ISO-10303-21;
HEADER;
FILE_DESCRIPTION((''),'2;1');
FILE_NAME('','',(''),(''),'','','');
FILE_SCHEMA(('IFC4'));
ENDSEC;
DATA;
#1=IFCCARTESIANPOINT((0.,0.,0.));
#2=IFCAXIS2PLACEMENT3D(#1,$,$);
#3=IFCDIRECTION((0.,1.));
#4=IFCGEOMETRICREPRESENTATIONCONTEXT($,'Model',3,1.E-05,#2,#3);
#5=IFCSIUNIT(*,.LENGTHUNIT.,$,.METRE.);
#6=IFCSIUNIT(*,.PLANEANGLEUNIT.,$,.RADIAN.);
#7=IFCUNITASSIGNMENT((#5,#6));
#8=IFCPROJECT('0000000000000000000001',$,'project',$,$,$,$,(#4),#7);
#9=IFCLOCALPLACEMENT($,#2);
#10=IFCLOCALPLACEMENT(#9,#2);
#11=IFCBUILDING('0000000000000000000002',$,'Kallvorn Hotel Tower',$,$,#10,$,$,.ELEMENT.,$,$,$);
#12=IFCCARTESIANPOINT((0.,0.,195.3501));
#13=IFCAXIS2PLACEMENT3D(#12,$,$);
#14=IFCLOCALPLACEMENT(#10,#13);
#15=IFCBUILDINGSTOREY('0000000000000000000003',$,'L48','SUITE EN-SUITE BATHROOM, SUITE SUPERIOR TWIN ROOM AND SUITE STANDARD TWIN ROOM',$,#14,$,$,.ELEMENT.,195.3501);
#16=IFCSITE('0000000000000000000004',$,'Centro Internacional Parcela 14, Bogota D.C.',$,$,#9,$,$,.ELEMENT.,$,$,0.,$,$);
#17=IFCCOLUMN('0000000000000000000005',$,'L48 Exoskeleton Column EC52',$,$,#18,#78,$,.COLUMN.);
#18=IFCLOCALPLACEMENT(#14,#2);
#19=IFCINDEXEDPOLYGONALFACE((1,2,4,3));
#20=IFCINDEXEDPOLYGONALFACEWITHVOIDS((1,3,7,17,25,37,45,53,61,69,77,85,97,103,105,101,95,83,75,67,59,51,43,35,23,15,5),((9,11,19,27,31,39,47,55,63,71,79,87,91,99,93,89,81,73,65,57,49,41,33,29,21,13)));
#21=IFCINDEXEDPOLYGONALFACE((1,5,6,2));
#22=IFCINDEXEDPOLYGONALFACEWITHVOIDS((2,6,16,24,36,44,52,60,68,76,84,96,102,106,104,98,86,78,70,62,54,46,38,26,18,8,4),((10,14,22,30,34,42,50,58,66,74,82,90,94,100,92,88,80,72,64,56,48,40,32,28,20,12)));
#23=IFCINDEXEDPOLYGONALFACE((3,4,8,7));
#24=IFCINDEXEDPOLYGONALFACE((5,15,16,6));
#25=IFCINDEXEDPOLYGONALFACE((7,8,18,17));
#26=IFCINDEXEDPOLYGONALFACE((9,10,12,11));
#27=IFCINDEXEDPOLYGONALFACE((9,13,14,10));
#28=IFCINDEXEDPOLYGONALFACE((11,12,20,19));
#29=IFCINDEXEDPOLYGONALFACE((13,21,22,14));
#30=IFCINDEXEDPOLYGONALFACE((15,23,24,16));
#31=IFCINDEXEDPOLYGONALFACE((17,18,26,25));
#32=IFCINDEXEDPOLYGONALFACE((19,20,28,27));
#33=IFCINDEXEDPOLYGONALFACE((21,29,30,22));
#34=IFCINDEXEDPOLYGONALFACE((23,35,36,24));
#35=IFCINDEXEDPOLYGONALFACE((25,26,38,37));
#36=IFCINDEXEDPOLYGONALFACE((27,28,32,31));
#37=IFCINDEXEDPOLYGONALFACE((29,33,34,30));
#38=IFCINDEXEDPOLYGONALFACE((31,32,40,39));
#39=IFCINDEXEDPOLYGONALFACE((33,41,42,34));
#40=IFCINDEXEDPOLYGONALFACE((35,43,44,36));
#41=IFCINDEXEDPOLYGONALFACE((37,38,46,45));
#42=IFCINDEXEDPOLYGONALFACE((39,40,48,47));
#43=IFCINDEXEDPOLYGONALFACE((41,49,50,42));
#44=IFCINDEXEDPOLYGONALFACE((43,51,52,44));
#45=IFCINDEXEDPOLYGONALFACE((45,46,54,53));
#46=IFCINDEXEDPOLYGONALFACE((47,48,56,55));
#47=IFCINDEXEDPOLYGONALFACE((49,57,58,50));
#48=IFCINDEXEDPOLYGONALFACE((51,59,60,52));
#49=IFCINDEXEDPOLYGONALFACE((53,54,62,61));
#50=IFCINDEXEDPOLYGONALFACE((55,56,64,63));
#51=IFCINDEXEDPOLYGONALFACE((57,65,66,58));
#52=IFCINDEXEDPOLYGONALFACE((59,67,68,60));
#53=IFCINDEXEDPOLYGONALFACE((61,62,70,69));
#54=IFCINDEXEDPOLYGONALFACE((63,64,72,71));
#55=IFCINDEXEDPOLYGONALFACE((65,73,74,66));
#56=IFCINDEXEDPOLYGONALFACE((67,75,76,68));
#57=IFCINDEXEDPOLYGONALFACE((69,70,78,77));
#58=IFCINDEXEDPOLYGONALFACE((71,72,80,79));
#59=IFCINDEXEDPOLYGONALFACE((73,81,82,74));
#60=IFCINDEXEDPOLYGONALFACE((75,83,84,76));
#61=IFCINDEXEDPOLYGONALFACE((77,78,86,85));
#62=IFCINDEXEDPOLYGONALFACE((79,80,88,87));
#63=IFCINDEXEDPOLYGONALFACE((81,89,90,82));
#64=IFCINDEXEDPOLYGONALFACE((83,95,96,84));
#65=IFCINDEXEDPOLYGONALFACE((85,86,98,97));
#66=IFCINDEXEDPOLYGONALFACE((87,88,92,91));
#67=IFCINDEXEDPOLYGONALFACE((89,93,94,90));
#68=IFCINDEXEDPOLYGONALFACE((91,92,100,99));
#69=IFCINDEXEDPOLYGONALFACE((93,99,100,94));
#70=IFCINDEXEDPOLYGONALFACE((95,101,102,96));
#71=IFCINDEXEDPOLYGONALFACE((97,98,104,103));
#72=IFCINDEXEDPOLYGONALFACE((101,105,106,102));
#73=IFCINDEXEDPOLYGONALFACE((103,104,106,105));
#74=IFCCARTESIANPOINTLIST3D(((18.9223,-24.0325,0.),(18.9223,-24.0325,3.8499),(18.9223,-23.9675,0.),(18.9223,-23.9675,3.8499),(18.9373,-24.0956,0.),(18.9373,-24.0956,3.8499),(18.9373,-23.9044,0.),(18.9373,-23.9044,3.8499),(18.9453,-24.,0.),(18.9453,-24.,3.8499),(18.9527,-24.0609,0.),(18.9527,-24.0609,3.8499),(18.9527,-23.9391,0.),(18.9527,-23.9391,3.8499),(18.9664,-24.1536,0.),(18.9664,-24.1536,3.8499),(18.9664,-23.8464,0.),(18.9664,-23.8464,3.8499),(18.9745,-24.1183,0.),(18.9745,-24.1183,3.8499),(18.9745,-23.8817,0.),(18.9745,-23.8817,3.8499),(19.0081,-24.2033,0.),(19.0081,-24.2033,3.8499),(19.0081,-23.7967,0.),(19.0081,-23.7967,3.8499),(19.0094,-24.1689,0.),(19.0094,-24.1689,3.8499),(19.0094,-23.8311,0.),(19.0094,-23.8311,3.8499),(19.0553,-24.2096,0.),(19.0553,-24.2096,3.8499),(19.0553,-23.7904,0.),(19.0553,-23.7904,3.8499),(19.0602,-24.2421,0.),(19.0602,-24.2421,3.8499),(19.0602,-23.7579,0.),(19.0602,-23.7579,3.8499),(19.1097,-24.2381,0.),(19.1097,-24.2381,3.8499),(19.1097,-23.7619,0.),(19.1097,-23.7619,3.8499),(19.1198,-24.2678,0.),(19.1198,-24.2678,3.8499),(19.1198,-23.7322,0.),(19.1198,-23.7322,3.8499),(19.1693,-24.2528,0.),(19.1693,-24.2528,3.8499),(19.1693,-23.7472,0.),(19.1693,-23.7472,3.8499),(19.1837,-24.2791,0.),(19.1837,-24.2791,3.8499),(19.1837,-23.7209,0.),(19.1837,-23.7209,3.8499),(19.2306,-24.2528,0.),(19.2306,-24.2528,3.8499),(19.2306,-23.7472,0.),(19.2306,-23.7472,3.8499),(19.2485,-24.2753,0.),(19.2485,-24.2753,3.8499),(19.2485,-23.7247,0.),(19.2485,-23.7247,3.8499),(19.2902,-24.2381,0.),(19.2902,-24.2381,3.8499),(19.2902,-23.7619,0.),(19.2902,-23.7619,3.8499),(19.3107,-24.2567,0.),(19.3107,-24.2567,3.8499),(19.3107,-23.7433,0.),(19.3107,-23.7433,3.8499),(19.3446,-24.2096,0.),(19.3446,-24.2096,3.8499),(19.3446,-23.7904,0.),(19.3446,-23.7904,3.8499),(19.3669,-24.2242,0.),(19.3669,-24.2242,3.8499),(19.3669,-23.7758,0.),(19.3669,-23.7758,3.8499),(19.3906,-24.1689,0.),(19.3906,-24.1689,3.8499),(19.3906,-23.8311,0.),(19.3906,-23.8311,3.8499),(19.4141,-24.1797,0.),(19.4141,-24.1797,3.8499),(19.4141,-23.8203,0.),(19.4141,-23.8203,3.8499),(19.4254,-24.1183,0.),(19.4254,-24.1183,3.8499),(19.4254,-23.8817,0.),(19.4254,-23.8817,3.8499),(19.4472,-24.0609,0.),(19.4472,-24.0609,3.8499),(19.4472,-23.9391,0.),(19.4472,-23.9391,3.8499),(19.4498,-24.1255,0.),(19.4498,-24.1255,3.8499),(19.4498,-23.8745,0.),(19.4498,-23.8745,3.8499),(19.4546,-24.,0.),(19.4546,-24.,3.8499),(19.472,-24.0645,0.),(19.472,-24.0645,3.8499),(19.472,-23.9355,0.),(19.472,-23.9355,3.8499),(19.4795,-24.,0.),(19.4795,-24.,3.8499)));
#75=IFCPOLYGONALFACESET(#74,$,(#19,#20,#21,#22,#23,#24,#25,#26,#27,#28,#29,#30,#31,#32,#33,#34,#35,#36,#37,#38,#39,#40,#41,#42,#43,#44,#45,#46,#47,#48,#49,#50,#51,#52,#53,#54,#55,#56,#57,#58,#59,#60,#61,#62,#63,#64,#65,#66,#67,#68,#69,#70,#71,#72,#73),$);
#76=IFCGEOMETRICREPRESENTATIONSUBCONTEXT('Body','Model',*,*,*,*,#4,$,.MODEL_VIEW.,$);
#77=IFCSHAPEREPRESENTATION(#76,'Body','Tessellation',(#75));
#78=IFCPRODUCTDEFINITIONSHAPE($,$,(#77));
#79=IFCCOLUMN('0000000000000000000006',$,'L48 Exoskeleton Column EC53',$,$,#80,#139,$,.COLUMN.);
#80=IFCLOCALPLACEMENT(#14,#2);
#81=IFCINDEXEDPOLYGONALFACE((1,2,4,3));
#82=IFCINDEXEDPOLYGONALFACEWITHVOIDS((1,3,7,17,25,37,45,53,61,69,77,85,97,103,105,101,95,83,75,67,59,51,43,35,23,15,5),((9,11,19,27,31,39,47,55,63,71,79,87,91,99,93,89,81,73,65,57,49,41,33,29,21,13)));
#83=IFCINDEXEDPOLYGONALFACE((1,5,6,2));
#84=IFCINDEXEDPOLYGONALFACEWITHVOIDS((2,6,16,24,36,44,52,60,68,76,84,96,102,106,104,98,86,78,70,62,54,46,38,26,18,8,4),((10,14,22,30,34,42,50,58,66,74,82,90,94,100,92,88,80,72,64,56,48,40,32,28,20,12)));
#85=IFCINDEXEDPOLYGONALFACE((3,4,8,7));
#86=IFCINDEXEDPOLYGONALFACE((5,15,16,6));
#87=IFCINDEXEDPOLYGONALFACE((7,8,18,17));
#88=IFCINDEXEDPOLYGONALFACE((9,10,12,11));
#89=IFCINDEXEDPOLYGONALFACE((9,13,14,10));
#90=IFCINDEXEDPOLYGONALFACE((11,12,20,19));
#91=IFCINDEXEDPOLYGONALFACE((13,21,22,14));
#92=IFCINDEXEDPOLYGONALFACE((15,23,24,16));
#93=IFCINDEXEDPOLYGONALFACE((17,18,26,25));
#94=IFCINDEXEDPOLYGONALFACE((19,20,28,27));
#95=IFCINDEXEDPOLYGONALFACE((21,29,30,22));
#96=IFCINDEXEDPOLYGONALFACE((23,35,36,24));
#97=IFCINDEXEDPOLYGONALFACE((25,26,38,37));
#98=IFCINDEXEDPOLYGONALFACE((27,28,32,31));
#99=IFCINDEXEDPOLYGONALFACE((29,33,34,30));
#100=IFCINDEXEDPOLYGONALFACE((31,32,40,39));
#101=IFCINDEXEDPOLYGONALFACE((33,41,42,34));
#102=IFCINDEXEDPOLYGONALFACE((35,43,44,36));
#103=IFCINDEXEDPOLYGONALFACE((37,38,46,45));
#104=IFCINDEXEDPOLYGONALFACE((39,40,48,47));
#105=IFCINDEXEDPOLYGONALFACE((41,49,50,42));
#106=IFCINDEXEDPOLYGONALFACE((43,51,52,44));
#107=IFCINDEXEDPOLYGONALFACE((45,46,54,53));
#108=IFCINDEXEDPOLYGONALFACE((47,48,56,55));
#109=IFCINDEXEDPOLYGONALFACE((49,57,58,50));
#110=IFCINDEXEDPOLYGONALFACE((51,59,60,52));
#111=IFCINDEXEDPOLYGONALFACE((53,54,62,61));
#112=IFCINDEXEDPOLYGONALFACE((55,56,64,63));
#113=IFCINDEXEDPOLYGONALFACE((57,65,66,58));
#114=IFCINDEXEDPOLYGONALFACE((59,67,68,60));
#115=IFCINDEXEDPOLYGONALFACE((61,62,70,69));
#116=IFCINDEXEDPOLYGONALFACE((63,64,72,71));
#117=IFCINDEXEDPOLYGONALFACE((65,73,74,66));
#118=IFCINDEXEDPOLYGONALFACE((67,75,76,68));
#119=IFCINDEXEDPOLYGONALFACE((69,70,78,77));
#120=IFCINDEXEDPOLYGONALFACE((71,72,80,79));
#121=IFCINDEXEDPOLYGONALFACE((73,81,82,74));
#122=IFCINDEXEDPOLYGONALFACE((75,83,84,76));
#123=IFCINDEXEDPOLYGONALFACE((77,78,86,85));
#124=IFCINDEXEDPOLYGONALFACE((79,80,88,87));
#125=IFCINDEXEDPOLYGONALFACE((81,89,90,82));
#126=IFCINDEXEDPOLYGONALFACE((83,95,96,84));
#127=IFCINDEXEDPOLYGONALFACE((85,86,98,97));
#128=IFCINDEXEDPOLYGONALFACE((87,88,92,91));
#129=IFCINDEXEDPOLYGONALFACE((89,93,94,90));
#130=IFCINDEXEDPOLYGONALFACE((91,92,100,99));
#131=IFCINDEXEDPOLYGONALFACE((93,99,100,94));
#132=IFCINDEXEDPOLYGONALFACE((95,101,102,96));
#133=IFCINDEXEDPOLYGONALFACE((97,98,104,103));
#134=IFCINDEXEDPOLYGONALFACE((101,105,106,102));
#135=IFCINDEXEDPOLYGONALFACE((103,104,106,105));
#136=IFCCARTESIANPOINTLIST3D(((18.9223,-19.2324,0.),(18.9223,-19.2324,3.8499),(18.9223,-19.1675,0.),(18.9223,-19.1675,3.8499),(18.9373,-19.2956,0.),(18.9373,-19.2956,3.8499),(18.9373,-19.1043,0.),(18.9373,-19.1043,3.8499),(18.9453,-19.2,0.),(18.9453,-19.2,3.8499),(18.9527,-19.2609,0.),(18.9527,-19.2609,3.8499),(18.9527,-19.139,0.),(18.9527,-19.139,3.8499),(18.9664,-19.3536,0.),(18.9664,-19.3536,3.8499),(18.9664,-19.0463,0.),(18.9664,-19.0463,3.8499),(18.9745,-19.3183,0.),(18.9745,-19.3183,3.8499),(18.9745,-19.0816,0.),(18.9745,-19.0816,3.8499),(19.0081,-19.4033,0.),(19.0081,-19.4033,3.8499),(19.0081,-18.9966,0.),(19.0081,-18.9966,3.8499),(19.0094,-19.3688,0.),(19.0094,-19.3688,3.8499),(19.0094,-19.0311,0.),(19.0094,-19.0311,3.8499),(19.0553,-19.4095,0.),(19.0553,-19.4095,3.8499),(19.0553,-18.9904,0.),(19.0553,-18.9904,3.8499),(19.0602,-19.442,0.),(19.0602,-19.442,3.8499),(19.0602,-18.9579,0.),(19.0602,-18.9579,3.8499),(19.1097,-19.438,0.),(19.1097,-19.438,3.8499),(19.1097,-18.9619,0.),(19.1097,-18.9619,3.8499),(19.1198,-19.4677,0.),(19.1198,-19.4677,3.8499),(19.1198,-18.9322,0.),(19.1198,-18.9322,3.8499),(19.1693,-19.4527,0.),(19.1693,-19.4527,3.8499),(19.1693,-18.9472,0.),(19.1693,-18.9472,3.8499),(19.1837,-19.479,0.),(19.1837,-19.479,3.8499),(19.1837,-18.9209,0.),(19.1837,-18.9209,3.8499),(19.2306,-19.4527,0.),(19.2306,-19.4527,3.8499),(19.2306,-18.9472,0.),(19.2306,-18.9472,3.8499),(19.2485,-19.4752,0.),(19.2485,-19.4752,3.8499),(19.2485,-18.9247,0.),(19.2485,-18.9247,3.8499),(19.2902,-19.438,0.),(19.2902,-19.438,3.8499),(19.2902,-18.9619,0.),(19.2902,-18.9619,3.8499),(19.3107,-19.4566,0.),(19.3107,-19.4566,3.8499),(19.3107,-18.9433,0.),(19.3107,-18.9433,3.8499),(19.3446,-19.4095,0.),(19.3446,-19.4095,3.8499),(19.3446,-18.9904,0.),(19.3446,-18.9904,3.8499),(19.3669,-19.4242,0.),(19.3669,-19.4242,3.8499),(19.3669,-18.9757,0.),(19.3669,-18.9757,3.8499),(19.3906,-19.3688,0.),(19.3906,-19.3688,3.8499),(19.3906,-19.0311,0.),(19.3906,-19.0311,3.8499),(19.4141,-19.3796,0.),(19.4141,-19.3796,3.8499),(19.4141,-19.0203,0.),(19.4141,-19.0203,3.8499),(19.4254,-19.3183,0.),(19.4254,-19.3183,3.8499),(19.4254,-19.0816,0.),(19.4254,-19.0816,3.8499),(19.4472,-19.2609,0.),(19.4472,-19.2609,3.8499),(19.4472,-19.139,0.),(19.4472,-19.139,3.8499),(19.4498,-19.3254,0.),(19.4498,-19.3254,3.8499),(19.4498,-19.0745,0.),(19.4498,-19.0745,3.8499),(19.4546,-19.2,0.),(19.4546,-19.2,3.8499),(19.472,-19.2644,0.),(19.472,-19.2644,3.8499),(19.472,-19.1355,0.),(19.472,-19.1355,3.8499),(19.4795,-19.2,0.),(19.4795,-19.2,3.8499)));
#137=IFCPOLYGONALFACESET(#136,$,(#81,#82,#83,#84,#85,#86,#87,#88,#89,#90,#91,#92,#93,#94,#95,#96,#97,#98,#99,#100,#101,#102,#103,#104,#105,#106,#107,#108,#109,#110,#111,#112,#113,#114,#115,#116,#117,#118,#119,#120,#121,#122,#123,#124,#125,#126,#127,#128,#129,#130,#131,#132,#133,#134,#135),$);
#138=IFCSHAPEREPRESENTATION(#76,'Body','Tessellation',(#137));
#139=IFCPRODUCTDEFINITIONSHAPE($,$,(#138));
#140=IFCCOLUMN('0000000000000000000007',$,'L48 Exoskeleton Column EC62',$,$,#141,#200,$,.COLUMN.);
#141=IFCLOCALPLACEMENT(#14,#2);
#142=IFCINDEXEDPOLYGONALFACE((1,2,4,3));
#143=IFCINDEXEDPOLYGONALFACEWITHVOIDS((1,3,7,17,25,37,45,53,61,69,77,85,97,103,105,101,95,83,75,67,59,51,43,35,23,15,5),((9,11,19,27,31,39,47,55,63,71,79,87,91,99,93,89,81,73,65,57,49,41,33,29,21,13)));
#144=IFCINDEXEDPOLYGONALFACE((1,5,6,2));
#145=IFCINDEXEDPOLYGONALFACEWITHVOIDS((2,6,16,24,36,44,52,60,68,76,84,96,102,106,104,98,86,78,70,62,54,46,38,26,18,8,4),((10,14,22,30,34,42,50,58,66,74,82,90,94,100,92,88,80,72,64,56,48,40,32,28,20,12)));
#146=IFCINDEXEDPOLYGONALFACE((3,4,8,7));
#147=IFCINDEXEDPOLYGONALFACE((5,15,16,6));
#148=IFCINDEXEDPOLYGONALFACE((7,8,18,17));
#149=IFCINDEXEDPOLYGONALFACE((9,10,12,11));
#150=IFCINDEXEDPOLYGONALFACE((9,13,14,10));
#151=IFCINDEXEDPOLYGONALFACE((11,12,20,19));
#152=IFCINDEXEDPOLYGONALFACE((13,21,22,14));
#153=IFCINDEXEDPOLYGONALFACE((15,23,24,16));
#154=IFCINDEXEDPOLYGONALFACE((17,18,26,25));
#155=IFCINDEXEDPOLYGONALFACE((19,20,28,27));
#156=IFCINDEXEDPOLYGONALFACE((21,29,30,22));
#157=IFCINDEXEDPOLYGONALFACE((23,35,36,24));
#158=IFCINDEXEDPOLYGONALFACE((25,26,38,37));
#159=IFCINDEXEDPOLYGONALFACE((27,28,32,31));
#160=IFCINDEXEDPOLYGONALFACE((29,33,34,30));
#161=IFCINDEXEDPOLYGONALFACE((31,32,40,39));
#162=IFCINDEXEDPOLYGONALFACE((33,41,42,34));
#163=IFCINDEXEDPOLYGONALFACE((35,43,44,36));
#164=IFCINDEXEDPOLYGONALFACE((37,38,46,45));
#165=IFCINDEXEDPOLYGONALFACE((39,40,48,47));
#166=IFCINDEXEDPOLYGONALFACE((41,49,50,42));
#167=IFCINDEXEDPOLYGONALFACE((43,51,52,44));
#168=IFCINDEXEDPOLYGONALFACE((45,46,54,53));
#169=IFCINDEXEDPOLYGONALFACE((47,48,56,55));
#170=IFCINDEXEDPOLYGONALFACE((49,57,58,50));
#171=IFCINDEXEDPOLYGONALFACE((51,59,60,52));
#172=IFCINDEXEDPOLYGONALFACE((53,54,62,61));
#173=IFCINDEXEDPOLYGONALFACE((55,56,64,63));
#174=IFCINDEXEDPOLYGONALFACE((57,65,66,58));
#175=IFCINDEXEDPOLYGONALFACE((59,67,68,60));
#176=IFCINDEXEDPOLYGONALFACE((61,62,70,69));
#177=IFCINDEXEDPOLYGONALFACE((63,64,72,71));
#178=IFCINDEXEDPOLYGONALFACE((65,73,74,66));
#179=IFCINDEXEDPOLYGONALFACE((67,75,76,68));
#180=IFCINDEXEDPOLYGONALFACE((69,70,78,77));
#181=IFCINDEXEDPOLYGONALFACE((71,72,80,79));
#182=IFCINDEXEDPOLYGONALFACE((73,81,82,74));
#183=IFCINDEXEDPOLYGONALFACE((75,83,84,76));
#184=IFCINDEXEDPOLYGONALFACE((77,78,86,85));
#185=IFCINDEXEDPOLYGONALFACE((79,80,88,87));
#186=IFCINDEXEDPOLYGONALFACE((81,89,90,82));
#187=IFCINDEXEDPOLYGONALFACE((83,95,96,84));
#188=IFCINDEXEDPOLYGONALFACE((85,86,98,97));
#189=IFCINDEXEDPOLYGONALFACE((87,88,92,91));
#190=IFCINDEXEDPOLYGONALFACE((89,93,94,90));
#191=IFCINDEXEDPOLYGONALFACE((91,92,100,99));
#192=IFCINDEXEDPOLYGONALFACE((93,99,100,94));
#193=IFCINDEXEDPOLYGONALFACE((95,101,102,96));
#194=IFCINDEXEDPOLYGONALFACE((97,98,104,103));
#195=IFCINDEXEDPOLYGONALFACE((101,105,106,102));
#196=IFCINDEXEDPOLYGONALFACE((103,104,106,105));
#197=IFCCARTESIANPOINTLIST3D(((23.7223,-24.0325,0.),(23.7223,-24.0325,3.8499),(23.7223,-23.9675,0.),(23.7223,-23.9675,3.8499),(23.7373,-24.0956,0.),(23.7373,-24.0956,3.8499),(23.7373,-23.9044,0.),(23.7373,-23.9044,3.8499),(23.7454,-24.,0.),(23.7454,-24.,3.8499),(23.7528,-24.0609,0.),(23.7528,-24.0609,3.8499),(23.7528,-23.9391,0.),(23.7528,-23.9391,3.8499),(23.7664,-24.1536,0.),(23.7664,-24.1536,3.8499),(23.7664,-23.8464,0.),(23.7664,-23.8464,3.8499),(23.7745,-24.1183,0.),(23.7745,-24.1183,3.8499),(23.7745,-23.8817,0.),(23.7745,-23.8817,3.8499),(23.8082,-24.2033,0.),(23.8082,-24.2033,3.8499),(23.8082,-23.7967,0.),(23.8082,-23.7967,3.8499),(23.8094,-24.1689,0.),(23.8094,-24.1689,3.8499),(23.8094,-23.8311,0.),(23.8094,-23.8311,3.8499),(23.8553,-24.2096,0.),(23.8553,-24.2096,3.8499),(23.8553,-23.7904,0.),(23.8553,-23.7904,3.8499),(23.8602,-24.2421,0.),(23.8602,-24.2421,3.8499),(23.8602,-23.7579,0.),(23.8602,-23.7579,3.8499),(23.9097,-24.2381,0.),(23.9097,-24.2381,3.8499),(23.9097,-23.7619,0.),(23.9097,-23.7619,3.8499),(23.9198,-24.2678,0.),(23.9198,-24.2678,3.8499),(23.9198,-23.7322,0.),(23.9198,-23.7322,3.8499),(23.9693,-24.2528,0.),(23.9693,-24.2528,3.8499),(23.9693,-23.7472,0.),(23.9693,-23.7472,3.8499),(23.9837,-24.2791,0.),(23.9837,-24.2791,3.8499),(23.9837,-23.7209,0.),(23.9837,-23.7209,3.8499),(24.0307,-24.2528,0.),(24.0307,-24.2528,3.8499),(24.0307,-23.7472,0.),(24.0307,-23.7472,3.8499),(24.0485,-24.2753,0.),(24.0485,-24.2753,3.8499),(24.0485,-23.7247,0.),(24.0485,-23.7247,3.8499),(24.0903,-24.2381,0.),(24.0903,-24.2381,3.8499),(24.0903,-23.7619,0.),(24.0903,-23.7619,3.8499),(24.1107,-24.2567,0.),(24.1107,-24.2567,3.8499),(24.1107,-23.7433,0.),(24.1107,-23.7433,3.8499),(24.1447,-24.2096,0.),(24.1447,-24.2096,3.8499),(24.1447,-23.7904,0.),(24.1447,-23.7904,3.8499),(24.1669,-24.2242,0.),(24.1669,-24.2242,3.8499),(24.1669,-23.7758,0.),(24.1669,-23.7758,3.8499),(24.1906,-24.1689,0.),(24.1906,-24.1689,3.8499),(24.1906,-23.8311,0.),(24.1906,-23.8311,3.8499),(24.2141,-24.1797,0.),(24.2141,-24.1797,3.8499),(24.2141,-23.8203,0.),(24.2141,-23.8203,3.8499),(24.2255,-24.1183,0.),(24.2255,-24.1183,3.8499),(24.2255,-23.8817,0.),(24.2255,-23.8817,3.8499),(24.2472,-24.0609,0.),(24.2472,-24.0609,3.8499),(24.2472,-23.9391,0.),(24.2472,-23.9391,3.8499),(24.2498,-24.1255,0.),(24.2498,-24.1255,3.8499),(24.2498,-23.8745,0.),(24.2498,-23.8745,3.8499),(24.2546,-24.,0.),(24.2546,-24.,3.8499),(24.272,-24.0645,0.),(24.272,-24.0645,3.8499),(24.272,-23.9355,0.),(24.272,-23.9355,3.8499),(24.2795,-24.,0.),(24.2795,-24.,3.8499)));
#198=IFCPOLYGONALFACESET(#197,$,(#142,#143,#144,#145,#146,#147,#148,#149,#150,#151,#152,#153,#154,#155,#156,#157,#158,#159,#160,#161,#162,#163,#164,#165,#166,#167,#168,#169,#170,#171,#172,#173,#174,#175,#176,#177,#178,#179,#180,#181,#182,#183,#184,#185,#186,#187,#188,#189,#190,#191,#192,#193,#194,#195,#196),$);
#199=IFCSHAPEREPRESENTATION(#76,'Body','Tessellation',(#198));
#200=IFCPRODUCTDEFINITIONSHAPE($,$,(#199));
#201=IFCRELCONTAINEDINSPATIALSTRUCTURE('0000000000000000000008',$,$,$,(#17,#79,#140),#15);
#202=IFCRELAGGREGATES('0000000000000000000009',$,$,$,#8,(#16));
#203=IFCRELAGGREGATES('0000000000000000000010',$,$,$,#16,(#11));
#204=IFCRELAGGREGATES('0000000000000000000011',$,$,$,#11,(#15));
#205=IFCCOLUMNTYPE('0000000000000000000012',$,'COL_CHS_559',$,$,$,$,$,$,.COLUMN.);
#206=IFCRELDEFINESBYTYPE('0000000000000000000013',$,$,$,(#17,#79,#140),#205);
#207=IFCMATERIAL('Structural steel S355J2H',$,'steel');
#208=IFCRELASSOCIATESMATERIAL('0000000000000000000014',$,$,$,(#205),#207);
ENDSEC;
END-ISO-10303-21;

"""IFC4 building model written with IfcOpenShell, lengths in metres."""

from ifc_helpers import new_model, si_unit, direction, frame, origin, origin_2d, place, context, subcontext, project, spatial, hollow_circle, extrude, material, material_profile, profile_set, type_object, element, save


model = new_model("IFC4")

# Units and contexts
model_context = context("Model", 3, precision=1e-05, world=origin(), true_north=direction((0.0, 1.0)))
body_context = subcontext(model_context, "Body", "Model", "MODEL_VIEW")
ifc_project = project(units=[si_unit("LENGTHUNIT", "METRE"), si_unit("PLANEANGLEUNIT", "RADIAN")], contexts=[model_context])

# Site, building, storey
site_placement = place(None, origin())
site = spatial("IfcSite", under=ifc_project, at=site_placement, Name="Centro Internacional Parcela 14, Bogota D.C.", CompositionType="ELEMENT", RefElevation=0.0)
building_placement = place(site_placement, origin())
building = spatial("IfcBuilding", under=site, at=building_placement, Name="Kallvorn Hotel Tower", CompositionType="ELEMENT")
storey_placement = place(building_placement, frame((0.0, 0.0, 195.3501)))
storey = spatial("IfcBuildingStorey", under=building, at=storey_placement, Name="L48", Description="SUITE EN-SUITE BATHROOM, SUITE SUPERIOR TWIN ROOM AND SUITE STANDARD TWIN ROOM", CompositionType="ELEMENT", Elevation=195.3501)

# Columns
ifc_material_1 = material(Name="Structural steel S355J2H", Category="steel")
ifc_material_profile_1 = material_profile(ifc_material_1, hollow_circle(Radius=0.2795, WallThickness=0.0249, at=origin_2d()), Name="CHS 559x25")
ifc_profile_set_1 = profile_set([ifc_material_profile_1], Name="Structural steel S355J2H")
column_type = type_object("IfcColumnType", Name="COL_CHS_559", PredefinedType="COLUMN", material=ifc_profile_set_1)
for number, where, z_axis, x_axis, name in (
    (1, (19.2, -24.0, 0.0), (0.0, 0.0, 1.0), (1.0, 0.0, 0.0), "L48 Exoskeleton Column EC52"),
    (2, (19.2, -19.2, 0.0), (0.0, 0.0, 1.0), (1.0, 0.0, 0.0), "L48 Exoskeleton Column EC53"),
    (3, (24.0, -24.0, 0.0), (0.0, 0.0, 1.0), (1.0, 0.0, 0.0), "L48 Exoskeleton Column EC62"),
):
    element("IfcColumn", number, at=place(storey_placement, frame(where, z_axis=z_axis, x_axis=x_axis)), inside=storey, type_object=column_type, Name=name, PredefinedType="COLUMN", context=body_context, shape_type="SweptSolid", body=[
        extrude(hollow_circle(Radius=0.2795, WallThickness=0.0249, at=origin_2d()), origin(), (0.0, 0.0, 1.0), 3.8499),
    ])

save(model, "model.ifc")
